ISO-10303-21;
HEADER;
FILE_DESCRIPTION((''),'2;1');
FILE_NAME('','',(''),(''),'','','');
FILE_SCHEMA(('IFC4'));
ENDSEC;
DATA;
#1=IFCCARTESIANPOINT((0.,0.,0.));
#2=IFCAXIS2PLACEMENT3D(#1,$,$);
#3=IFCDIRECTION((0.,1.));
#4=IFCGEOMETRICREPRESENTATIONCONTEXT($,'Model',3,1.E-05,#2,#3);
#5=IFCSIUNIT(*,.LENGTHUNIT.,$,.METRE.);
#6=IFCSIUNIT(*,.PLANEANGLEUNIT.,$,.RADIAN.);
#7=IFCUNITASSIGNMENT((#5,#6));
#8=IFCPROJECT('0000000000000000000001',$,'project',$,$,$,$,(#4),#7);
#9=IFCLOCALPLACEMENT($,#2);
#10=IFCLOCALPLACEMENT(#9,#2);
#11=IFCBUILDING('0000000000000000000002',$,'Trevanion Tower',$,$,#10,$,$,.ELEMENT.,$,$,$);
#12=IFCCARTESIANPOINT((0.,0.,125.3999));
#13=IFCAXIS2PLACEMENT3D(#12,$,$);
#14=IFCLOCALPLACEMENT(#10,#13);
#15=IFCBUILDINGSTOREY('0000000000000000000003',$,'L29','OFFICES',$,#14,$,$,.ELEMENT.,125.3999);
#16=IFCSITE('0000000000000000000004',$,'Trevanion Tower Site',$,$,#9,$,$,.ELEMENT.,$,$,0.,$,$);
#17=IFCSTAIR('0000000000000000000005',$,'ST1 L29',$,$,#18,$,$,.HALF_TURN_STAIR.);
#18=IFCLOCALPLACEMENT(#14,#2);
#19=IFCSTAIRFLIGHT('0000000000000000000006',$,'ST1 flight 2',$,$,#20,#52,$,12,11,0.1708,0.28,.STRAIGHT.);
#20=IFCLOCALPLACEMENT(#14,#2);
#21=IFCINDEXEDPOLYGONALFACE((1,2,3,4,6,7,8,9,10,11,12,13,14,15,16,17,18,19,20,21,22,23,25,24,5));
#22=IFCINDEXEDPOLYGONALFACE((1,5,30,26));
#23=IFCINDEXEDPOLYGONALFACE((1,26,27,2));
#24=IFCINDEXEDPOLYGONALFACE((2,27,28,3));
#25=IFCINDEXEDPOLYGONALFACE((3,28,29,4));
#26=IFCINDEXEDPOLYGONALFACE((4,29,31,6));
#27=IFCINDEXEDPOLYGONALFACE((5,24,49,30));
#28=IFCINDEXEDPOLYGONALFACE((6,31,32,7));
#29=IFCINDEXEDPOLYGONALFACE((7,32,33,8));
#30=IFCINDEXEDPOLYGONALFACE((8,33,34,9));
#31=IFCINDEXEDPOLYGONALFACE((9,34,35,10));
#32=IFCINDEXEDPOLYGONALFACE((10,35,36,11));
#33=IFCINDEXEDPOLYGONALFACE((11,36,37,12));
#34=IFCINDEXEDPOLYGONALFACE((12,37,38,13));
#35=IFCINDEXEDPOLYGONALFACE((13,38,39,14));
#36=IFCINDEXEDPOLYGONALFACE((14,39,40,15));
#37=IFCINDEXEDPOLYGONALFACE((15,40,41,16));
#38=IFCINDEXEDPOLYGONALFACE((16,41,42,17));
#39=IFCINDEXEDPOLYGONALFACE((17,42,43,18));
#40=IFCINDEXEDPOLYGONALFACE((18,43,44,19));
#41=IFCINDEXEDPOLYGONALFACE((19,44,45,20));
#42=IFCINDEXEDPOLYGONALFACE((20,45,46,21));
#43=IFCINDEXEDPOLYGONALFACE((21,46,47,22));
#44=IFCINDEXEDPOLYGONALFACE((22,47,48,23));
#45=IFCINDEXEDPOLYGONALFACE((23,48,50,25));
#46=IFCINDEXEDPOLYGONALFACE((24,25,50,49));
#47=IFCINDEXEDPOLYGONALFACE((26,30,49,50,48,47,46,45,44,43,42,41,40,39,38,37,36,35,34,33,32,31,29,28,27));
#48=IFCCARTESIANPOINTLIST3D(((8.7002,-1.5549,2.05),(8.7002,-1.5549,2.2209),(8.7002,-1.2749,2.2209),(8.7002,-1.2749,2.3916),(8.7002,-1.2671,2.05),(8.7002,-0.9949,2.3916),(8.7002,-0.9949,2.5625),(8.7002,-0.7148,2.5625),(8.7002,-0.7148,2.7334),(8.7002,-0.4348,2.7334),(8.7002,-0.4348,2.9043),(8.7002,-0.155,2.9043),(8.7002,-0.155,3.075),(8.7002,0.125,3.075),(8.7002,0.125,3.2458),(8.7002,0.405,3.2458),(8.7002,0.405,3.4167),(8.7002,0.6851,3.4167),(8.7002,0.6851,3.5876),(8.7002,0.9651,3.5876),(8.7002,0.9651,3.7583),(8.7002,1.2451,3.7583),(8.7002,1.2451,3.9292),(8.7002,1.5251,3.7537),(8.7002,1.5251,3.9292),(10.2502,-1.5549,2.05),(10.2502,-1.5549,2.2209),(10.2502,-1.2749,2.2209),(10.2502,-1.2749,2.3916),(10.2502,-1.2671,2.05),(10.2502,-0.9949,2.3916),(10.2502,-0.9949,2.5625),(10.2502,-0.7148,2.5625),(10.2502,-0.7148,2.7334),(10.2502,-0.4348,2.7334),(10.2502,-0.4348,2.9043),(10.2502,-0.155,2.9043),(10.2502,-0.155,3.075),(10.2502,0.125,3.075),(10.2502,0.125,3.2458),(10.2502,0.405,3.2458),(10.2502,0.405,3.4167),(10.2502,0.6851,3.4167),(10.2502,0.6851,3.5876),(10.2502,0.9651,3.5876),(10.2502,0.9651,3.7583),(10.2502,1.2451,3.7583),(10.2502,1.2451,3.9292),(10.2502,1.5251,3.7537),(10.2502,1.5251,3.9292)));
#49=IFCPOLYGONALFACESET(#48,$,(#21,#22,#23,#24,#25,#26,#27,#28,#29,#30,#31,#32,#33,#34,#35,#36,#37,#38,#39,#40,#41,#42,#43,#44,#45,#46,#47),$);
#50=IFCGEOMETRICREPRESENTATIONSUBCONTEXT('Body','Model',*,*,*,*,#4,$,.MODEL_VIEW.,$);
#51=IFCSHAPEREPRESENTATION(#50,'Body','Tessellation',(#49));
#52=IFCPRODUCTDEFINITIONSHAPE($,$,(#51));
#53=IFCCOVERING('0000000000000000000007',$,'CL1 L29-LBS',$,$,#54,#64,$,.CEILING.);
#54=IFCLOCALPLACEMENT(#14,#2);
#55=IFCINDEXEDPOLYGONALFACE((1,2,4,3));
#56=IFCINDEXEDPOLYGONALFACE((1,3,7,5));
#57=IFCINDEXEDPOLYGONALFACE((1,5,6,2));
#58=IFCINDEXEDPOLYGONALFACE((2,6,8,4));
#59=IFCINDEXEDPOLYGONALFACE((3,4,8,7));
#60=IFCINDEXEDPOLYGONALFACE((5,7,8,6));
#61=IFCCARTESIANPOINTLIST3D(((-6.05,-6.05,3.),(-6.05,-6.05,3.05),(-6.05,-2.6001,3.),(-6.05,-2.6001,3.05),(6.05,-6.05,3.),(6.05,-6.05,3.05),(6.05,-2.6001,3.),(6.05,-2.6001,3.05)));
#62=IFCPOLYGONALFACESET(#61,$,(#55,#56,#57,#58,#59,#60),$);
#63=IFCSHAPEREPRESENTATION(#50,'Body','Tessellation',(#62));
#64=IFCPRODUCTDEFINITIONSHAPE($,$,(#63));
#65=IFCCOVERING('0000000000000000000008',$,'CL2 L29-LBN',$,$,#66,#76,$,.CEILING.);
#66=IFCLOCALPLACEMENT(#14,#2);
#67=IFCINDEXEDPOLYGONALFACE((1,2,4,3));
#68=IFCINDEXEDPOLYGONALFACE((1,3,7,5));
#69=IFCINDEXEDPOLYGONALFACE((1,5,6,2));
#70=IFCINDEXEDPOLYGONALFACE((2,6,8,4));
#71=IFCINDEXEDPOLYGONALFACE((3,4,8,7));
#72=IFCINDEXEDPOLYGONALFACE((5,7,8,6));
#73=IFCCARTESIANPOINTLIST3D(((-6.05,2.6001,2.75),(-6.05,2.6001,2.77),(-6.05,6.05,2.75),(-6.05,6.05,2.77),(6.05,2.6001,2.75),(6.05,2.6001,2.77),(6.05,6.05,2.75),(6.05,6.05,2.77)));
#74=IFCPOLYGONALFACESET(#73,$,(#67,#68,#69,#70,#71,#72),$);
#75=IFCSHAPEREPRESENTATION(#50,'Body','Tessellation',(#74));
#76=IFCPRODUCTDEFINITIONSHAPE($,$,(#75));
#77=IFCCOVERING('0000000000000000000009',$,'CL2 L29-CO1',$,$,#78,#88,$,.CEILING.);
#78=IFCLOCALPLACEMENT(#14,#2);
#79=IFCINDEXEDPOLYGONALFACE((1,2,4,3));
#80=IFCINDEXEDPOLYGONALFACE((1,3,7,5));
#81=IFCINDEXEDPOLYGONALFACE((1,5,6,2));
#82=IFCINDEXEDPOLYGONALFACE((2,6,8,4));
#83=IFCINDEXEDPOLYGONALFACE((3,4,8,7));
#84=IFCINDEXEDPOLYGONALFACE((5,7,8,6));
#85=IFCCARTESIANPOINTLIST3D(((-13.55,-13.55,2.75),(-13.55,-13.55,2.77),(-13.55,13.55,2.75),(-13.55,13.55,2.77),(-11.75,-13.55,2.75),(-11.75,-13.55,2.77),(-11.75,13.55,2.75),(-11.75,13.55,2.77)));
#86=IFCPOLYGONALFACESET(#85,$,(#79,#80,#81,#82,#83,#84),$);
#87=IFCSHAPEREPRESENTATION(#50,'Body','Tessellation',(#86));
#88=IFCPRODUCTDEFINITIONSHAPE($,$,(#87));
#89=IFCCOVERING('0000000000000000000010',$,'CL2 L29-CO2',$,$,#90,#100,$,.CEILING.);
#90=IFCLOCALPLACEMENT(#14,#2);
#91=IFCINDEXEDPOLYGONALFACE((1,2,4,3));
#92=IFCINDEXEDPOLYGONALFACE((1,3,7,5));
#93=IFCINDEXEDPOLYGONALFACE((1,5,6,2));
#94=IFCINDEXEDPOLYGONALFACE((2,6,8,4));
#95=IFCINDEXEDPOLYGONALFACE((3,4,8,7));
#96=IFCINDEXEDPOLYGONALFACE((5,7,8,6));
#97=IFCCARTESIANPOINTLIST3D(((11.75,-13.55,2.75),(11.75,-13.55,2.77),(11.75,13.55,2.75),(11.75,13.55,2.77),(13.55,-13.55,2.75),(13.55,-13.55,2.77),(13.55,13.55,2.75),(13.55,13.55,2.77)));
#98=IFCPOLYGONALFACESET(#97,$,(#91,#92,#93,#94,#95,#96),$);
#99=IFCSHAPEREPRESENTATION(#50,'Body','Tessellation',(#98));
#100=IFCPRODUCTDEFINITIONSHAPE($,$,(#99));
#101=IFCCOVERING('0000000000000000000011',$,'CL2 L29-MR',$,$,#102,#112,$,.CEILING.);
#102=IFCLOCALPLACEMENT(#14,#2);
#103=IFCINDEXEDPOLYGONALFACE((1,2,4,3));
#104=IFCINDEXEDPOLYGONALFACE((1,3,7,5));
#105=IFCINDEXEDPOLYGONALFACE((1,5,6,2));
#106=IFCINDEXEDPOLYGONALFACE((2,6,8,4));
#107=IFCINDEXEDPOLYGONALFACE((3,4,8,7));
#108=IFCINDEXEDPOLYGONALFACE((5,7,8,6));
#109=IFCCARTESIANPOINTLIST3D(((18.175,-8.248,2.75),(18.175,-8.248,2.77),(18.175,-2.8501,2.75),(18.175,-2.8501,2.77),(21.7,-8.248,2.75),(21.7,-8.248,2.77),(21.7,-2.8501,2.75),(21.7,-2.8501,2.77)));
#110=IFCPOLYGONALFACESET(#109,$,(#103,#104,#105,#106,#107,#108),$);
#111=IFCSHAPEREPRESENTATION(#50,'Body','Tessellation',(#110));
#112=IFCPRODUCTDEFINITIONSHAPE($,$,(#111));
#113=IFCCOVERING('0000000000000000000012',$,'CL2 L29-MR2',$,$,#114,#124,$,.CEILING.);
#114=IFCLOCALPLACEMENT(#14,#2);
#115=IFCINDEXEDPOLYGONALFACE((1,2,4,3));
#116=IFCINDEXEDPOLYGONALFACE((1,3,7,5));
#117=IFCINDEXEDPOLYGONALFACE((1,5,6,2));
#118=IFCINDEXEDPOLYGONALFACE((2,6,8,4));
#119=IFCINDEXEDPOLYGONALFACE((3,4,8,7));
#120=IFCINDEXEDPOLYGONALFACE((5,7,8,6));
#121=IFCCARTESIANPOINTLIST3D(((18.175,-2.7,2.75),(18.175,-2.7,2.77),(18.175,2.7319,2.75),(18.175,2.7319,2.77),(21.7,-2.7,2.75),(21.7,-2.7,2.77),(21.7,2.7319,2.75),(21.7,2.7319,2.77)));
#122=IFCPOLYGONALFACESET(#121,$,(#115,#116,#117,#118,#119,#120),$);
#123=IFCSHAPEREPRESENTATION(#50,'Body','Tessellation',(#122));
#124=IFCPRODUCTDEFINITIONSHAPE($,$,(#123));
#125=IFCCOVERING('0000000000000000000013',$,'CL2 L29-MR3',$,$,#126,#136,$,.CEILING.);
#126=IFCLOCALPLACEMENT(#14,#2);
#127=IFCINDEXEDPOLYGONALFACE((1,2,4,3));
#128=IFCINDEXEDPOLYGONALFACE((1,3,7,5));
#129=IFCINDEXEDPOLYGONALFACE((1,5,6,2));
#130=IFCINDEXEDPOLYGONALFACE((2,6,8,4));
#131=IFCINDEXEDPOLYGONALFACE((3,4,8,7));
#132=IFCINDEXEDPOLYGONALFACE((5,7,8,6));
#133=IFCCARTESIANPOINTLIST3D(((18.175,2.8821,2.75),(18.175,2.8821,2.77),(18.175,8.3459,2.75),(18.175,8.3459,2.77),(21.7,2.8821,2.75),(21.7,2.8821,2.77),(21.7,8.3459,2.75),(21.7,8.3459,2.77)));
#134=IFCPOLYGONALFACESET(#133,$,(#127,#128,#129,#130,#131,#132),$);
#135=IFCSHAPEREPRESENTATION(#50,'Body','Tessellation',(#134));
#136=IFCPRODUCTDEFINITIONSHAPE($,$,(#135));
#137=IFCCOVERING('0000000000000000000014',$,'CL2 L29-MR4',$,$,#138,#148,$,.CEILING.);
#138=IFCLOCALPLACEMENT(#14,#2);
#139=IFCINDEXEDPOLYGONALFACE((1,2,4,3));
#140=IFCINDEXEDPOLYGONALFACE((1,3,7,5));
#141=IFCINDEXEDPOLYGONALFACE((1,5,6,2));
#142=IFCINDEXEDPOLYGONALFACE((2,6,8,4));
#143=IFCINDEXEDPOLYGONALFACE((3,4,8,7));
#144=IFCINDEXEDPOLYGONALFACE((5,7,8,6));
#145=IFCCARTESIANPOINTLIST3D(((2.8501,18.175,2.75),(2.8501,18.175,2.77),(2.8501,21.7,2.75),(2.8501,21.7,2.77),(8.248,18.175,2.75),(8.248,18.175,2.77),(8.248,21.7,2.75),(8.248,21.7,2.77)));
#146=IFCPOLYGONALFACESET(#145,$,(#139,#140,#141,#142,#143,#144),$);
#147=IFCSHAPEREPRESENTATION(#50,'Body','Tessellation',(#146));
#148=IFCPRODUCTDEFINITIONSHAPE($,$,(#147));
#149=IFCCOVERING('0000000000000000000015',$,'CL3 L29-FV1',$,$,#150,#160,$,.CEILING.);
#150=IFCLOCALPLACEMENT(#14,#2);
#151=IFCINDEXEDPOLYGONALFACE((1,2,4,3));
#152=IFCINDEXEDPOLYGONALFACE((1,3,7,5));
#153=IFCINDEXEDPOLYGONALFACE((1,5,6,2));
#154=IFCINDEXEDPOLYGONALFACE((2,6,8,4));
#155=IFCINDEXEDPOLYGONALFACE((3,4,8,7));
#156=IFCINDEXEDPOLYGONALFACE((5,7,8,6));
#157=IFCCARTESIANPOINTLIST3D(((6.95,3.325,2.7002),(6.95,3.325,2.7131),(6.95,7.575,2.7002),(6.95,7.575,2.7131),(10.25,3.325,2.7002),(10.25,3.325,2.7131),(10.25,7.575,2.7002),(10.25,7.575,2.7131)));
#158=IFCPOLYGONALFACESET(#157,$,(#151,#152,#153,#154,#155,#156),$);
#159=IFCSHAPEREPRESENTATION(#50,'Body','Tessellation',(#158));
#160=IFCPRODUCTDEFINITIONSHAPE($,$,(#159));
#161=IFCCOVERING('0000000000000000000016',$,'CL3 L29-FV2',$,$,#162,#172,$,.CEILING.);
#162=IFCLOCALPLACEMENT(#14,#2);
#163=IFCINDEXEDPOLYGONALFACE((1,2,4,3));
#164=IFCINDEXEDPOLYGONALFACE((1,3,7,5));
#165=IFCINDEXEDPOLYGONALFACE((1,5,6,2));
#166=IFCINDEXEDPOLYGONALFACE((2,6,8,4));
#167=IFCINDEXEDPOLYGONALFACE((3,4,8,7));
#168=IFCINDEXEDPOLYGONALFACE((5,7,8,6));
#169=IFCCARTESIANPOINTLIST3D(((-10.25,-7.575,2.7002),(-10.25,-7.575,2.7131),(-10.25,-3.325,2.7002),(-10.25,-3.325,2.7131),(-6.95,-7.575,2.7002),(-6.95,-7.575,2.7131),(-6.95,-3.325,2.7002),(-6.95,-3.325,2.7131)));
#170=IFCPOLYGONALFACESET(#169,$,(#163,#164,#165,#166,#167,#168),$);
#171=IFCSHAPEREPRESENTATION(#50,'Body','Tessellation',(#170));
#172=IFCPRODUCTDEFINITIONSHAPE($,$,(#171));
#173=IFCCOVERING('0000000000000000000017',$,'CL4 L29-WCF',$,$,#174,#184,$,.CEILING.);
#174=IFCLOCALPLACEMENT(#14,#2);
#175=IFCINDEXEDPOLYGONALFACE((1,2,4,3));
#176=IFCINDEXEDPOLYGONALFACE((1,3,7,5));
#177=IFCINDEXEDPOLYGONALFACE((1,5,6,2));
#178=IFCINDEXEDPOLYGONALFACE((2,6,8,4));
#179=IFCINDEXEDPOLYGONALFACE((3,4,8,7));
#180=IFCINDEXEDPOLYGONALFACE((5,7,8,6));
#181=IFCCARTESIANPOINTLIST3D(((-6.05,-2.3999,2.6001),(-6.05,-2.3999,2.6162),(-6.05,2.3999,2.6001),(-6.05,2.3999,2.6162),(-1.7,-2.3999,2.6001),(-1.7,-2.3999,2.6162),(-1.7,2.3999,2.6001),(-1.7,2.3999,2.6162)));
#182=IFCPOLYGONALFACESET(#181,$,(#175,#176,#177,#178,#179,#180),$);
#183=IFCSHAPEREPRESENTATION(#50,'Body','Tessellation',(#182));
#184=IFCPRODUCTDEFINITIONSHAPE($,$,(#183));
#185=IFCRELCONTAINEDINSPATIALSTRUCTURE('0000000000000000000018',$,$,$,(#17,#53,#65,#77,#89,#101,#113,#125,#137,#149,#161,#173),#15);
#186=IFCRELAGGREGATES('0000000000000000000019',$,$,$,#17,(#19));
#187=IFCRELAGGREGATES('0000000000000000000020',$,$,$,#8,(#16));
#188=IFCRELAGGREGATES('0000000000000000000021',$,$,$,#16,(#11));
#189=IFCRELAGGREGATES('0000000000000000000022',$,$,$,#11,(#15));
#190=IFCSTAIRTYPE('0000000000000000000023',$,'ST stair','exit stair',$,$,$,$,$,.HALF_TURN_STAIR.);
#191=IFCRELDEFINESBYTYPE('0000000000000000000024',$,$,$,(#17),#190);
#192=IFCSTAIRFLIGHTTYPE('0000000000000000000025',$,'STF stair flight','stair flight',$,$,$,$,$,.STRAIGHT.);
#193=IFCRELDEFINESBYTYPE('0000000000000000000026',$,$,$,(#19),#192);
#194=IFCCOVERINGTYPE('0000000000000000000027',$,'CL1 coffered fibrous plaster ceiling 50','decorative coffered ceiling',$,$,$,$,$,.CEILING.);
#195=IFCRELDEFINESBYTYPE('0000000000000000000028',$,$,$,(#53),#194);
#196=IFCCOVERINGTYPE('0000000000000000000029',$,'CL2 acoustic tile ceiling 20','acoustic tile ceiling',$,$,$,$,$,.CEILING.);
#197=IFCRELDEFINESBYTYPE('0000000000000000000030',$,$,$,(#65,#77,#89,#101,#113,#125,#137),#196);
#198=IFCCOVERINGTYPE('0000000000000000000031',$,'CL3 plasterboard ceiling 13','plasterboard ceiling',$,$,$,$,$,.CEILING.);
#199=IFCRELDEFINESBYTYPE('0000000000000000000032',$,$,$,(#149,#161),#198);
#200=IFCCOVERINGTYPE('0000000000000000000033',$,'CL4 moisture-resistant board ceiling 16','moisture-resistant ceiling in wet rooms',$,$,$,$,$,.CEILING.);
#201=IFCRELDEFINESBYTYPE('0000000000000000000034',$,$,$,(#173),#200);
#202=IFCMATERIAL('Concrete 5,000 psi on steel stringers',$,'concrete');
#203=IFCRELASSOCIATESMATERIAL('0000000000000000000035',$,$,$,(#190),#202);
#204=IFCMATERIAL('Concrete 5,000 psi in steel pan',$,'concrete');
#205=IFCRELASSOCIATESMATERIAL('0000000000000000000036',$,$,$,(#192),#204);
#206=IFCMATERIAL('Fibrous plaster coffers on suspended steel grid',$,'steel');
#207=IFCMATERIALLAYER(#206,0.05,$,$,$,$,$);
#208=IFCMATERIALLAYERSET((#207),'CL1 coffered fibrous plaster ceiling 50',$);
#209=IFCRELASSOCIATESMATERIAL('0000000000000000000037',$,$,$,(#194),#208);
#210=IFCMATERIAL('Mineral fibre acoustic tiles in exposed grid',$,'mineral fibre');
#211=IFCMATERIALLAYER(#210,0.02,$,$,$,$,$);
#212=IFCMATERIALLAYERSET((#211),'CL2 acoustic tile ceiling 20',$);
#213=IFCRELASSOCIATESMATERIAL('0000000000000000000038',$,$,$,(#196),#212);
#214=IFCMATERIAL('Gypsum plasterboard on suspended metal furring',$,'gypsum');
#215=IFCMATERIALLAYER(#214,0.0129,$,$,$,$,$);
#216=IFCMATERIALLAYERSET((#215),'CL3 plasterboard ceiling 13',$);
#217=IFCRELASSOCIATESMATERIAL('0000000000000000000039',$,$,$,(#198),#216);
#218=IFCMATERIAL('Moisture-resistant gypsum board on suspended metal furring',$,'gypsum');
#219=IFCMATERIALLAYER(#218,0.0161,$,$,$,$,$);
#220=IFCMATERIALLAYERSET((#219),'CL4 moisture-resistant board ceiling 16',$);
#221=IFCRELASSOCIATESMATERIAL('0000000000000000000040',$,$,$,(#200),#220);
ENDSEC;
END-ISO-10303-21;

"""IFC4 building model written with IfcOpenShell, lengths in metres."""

from ifc_helpers import new_model, si_unit, direction, frame, origin, place, context, subcontext, project, spatial, polyline, outline, extrude, material, layer, layer_set, type_object, element, aggregate, save


model = new_model("IFC4")

# Units and contexts
model_context = context("Model", 3, precision=1e-05, world=origin(), true_north=direction((0.0, 1.0)))
body_context = subcontext(model_context, "Body", "Model", "MODEL_VIEW")
ifc_project = project(units=[si_unit("LENGTHUNIT", "METRE"), si_unit("PLANEANGLEUNIT", "RADIAN")], contexts=[model_context])

# Site, building, storey
site_placement = place(None, origin())
site = spatial("IfcSite", under=ifc_project, at=site_placement, Name="Trevanion Tower Site", CompositionType="ELEMENT", RefElevation=0.0)
building_placement = place(site_placement, origin())
building = spatial("IfcBuilding", under=site, at=building_placement, Name="Trevanion Tower", CompositionType="ELEMENT")
storey_placement = place(building_placement, frame((0.0, 0.0, 125.3999)))
storey = spatial("IfcBuildingStorey", under=building, at=storey_placement, Name="L29", Description="OFFICES", CompositionType="ELEMENT", Elevation=125.3999)

# Shared definitions
ifc_material_1 = material(Name="Concrete 5,000 psi on steel stringers", Category="concrete")
stair_type = type_object("IfcStairType", Name="ST stair", Description="exit stair", PredefinedType="HALF_TURN_STAIR", material=ifc_material_1)

# Stair, stair flight
stair_1_placement = place(storey_placement, origin())
stair_1 = element("IfcStair", 1, at=stair_1_placement, inside=storey, type_object=stair_type, Name="ST1 L29", PredefinedType="HALF_TURN_STAIR")
ifc_material_2 = material(Name="Concrete 5,000 psi in steel pan", Category="concrete")
stair_flight_type = type_object("IfcStairFlightType", Name="STF stair flight", Description="stair flight", PredefinedType="STRAIGHT", material=ifc_material_2)
stair_flight_placement = place(storey_placement, frame((9.4751, -1.5549, 2.05), z_axis=(0.0, 0.0, 1.0), x_axis=(0.0, 1.0, 0.0)))
stair_flight = element("IfcStairFlight", 2, at=stair_flight_placement, type_object=stair_flight_type, Name="ST1 flight 2", NumberOfRisers=12, NumberOfTreads=11, PredefinedType="STRAIGHT", RiserHeight=0.1708, TreadLength=0.28, context=body_context, shape_type="SweptSolid", body=[
    extrude(outline(polyline([(0.0, 0.0), (0.0, 0.1709), (0.28, 0.1709), (0.28, 0.3416), (0.5601, 0.3416), (0.5601, 0.5125), (0.8401, 0.5125), (0.8401, 0.6833), (1.1201, 0.6833), (1.1201, 0.8542), (1.3999, 0.8542), (1.3999, 1.0249), (1.6799, 1.0249), (1.6799, 1.1958), (1.96, 1.1958), (1.96, 1.3667), (2.24, 1.3667), (2.24, 1.5376), (2.52, 1.5376), (2.52, 1.7083), (2.8, 1.7083), (2.8, 1.8792), (3.0801, 1.8792), (3.0801, 2.05), (3.0801, 1.7036), (0.2878, 0.0), (0.0, 0.0)])), frame((0.0, 0.7749, 0.0), z_axis=(0.0, -1.0, 0.0), x_axis=(1.0, 0.0, 0.0)), (0.0, 0.0, 1.0), 1.55),
])
aggregate(stair_1, [stair_flight])

# Coverings
ifc_material_3 = material(Name="Fibrous plaster coffers on suspended steel grid", Category="steel")
ifc_layer_1 = layer(ifc_material_3, 0.05)
ifc_layer_set_1 = layer_set([ifc_layer_1], Name="CL1 coffered fibrous plaster ceiling 50")
covering_type_1 = type_object("IfcCoveringType", Name="CL1 coffered fibrous plaster ceiling 50", Description="decorative coffered ceiling", PredefinedType="CEILING", material=ifc_layer_set_1)
covering_1_placement = place(storey_placement, frame((0.0, 0.0, 3.0)))
element("IfcCovering", 3, at=covering_1_placement, inside=storey, type_object=covering_type_1, Name="CL1 L29-LBS", PredefinedType="CEILING", context=body_context, shape_type="SweptSolid", body=[
    extrude(outline(polyline([(6.05, -6.05), (6.05, -2.6001), (-6.05, -2.6001), (-6.05, -6.05), (6.05, -6.05)])), origin(), (0.0, 0.0, 1.0), 0.05),
])
ifc_material_4 = material(Name="Mineral fibre acoustic tiles in exposed grid", Category="mineral fibre")
ifc_layer_2 = layer(ifc_material_4, 0.02)
ifc_layer_set_2 = layer_set([ifc_layer_2], Name="CL2 acoustic tile ceiling 20")
covering_type_2 = type_object("IfcCoveringType", Name="CL2 acoustic tile ceiling 20", Description="acoustic tile ceiling", PredefinedType="CEILING", material=ifc_layer_set_2)
covering_2_placement = place(storey_placement, frame((0.0, 0.0, 2.75)))
element("IfcCovering", 4, at=covering_2_placement, inside=storey, type_object=covering_type_2, Name="CL2 L29-LBN", PredefinedType="CEILING", context=body_context, shape_type="SweptSolid", body=[
    extrude(outline(polyline([(6.05, 2.6001), (6.05, 6.05), (-6.05, 6.05), (-6.05, 2.6001), (6.05, 2.6001)])), origin(), (0.0, 0.0, 1.0), 0.02),
])
covering_3_placement = place(storey_placement, frame((0.0, 0.0, 2.75)))
element("IfcCovering", 5, at=covering_3_placement, inside=storey, type_object=covering_type_2, Name="CL2 L29-CO1", PredefinedType="CEILING", context=body_context, shape_type="SweptSolid", body=[
    extrude(outline(polyline([(-11.75, 13.55), (-11.75, -13.55), (-13.55, -13.55), (-13.55, 13.55), (-11.75, 13.55)])), origin(), (0.0, 0.0, 1.0), 0.02),
])
covering_4_placement = place(storey_placement, frame((0.0, 0.0, 2.75)))
element("IfcCovering", 6, at=covering_4_placement, inside=storey, type_object=covering_type_2, Name="CL2 L29-CO2", PredefinedType="CEILING", context=body_context, shape_type="SweptSolid", body=[
    extrude(outline(polyline([(11.75, 13.55), (13.55, 13.55), (13.55, -13.55), (11.75, -13.55), (11.75, 13.55)])), origin(), (0.0, 0.0, 1.0), 0.02),
])
covering_5_placement = place(storey_placement, frame((0.0, 0.0, 2.75)))
element("IfcCovering", 7, at=covering_5_placement, inside=storey, type_object=covering_type_2, Name="CL2 L29-MR", PredefinedType="CEILING", context=body_context, shape_type="SweptSolid", body=[
    extrude(outline(polyline([(18.175, -8.248), (18.175, -2.8501), (21.7, -2.8501), (21.7, -8.248), (18.175, -8.248)])), origin(), (0.0, 0.0, 1.0), 0.02),
])
covering_6_placement = place(storey_placement, frame((0.0, 0.0, 2.75)))
element("IfcCovering", 8, at=covering_6_placement, inside=storey, type_object=covering_type_2, Name="CL2 L29-MR2", PredefinedType="CEILING", context=body_context, shape_type="SweptSolid", body=[
    extrude(outline(polyline([(18.175, -2.7), (18.175, 2.7319), (21.7, 2.7319), (21.7, -2.7), (18.175, -2.7)])), origin(), (0.0, 0.0, 1.0), 0.02),
])
covering_7_placement = place(storey_placement, frame((0.0, 0.0, 2.75)))
element("IfcCovering", 9, at=covering_7_placement, inside=storey, type_object=covering_type_2, Name="CL2 L29-MR3", PredefinedType="CEILING", context=body_context, shape_type="SweptSolid", body=[
    extrude(outline(polyline([(18.175, 2.8821), (18.175, 8.3459), (21.7, 8.3459), (21.7, 2.8821), (18.175, 2.8821)])), origin(), (0.0, 0.0, 1.0), 0.02),
])
covering_8_placement = place(storey_placement, frame((0.0, 0.0, 2.75)))
element("IfcCovering", 10, at=covering_8_placement, inside=storey, type_object=covering_type_2, Name="CL2 L29-MR4", PredefinedType="CEILING", context=body_context, shape_type="SweptSolid", body=[
    extrude(outline(polyline([(8.248, 18.175), (2.8501, 18.175), (2.8501, 21.7), (8.248, 21.7), (8.248, 18.175)])), origin(), (0.0, 0.0, 1.0), 0.02),
])
ifc_material_5 = material(Name="Gypsum plasterboard on suspended metal furring", Category="gypsum")
ifc_layer_3 = layer(ifc_material_5, 0.0129)
ifc_layer_set_3 = layer_set([ifc_layer_3], Name="CL3 plasterboard ceiling 13")
covering_type_3 = type_object("IfcCoveringType", Name="CL3 plasterboard ceiling 13", Description="plasterboard ceiling", PredefinedType="CEILING", material=ifc_layer_set_3)
covering_9_placement = place(storey_placement, frame((0.0, 0.0, 2.7002)))
element("IfcCovering", 11, at=covering_9_placement, inside=storey, type_object=covering_type_3, Name="CL3 L29-FV1", PredefinedType="CEILING", context=body_context, shape_type="SweptSolid", body=[
    extrude(outline(polyline([(10.25, 3.325), (10.25, 7.575), (6.95, 7.575), (6.95, 3.325), (10.25, 3.325)])), origin(), (0.0, 0.0, 1.0), 0.0129),
])
covering_10_placement = place(storey_placement, frame((0.0, 0.0, 2.7002)))
element("IfcCovering", 12, at=covering_10_placement, inside=storey, type_object=covering_type_3, Name="CL3 L29-FV2", PredefinedType="CEILING", context=body_context, shape_type="SweptSolid", body=[
    extrude(outline(polyline([(-10.25, -3.325), (-10.25, -7.575), (-6.95, -7.575), (-6.95, -3.325), (-10.25, -3.325)])), origin(), (0.0, 0.0, 1.0), 0.0129),
])
ifc_material_6 = material(Name="Moisture-resistant gypsum board on suspended metal furring", Category="gypsum")
ifc_layer_4 = layer(ifc_material_6, 0.0161)
ifc_layer_set_4 = layer_set([ifc_layer_4], Name="CL4 moisture-resistant board ceiling 16")
covering_type_4 = type_object("IfcCoveringType", Name="CL4 moisture-resistant board ceiling 16", Description="moisture-resistant ceiling in wet rooms", PredefinedType="CEILING", material=ifc_layer_set_4)
covering_11_placement = place(storey_placement, frame((0.0, 0.0, 2.6001)))
element("IfcCovering", 13, at=covering_11_placement, inside=storey, type_object=covering_type_4, Name="CL4 L29-WCF", PredefinedType="CEILING", context=body_context, shape_type="SweptSolid", body=[
    extrude(outline(polyline([(-1.7, -2.3999), (-1.7, 2.3999), (-6.05, 2.3999), (-6.05, -2.3999), (-1.7, -2.3999)])), origin(), (0.0, 0.0, 1.0), 0.0161),
])

save(model, "model.ifc")
